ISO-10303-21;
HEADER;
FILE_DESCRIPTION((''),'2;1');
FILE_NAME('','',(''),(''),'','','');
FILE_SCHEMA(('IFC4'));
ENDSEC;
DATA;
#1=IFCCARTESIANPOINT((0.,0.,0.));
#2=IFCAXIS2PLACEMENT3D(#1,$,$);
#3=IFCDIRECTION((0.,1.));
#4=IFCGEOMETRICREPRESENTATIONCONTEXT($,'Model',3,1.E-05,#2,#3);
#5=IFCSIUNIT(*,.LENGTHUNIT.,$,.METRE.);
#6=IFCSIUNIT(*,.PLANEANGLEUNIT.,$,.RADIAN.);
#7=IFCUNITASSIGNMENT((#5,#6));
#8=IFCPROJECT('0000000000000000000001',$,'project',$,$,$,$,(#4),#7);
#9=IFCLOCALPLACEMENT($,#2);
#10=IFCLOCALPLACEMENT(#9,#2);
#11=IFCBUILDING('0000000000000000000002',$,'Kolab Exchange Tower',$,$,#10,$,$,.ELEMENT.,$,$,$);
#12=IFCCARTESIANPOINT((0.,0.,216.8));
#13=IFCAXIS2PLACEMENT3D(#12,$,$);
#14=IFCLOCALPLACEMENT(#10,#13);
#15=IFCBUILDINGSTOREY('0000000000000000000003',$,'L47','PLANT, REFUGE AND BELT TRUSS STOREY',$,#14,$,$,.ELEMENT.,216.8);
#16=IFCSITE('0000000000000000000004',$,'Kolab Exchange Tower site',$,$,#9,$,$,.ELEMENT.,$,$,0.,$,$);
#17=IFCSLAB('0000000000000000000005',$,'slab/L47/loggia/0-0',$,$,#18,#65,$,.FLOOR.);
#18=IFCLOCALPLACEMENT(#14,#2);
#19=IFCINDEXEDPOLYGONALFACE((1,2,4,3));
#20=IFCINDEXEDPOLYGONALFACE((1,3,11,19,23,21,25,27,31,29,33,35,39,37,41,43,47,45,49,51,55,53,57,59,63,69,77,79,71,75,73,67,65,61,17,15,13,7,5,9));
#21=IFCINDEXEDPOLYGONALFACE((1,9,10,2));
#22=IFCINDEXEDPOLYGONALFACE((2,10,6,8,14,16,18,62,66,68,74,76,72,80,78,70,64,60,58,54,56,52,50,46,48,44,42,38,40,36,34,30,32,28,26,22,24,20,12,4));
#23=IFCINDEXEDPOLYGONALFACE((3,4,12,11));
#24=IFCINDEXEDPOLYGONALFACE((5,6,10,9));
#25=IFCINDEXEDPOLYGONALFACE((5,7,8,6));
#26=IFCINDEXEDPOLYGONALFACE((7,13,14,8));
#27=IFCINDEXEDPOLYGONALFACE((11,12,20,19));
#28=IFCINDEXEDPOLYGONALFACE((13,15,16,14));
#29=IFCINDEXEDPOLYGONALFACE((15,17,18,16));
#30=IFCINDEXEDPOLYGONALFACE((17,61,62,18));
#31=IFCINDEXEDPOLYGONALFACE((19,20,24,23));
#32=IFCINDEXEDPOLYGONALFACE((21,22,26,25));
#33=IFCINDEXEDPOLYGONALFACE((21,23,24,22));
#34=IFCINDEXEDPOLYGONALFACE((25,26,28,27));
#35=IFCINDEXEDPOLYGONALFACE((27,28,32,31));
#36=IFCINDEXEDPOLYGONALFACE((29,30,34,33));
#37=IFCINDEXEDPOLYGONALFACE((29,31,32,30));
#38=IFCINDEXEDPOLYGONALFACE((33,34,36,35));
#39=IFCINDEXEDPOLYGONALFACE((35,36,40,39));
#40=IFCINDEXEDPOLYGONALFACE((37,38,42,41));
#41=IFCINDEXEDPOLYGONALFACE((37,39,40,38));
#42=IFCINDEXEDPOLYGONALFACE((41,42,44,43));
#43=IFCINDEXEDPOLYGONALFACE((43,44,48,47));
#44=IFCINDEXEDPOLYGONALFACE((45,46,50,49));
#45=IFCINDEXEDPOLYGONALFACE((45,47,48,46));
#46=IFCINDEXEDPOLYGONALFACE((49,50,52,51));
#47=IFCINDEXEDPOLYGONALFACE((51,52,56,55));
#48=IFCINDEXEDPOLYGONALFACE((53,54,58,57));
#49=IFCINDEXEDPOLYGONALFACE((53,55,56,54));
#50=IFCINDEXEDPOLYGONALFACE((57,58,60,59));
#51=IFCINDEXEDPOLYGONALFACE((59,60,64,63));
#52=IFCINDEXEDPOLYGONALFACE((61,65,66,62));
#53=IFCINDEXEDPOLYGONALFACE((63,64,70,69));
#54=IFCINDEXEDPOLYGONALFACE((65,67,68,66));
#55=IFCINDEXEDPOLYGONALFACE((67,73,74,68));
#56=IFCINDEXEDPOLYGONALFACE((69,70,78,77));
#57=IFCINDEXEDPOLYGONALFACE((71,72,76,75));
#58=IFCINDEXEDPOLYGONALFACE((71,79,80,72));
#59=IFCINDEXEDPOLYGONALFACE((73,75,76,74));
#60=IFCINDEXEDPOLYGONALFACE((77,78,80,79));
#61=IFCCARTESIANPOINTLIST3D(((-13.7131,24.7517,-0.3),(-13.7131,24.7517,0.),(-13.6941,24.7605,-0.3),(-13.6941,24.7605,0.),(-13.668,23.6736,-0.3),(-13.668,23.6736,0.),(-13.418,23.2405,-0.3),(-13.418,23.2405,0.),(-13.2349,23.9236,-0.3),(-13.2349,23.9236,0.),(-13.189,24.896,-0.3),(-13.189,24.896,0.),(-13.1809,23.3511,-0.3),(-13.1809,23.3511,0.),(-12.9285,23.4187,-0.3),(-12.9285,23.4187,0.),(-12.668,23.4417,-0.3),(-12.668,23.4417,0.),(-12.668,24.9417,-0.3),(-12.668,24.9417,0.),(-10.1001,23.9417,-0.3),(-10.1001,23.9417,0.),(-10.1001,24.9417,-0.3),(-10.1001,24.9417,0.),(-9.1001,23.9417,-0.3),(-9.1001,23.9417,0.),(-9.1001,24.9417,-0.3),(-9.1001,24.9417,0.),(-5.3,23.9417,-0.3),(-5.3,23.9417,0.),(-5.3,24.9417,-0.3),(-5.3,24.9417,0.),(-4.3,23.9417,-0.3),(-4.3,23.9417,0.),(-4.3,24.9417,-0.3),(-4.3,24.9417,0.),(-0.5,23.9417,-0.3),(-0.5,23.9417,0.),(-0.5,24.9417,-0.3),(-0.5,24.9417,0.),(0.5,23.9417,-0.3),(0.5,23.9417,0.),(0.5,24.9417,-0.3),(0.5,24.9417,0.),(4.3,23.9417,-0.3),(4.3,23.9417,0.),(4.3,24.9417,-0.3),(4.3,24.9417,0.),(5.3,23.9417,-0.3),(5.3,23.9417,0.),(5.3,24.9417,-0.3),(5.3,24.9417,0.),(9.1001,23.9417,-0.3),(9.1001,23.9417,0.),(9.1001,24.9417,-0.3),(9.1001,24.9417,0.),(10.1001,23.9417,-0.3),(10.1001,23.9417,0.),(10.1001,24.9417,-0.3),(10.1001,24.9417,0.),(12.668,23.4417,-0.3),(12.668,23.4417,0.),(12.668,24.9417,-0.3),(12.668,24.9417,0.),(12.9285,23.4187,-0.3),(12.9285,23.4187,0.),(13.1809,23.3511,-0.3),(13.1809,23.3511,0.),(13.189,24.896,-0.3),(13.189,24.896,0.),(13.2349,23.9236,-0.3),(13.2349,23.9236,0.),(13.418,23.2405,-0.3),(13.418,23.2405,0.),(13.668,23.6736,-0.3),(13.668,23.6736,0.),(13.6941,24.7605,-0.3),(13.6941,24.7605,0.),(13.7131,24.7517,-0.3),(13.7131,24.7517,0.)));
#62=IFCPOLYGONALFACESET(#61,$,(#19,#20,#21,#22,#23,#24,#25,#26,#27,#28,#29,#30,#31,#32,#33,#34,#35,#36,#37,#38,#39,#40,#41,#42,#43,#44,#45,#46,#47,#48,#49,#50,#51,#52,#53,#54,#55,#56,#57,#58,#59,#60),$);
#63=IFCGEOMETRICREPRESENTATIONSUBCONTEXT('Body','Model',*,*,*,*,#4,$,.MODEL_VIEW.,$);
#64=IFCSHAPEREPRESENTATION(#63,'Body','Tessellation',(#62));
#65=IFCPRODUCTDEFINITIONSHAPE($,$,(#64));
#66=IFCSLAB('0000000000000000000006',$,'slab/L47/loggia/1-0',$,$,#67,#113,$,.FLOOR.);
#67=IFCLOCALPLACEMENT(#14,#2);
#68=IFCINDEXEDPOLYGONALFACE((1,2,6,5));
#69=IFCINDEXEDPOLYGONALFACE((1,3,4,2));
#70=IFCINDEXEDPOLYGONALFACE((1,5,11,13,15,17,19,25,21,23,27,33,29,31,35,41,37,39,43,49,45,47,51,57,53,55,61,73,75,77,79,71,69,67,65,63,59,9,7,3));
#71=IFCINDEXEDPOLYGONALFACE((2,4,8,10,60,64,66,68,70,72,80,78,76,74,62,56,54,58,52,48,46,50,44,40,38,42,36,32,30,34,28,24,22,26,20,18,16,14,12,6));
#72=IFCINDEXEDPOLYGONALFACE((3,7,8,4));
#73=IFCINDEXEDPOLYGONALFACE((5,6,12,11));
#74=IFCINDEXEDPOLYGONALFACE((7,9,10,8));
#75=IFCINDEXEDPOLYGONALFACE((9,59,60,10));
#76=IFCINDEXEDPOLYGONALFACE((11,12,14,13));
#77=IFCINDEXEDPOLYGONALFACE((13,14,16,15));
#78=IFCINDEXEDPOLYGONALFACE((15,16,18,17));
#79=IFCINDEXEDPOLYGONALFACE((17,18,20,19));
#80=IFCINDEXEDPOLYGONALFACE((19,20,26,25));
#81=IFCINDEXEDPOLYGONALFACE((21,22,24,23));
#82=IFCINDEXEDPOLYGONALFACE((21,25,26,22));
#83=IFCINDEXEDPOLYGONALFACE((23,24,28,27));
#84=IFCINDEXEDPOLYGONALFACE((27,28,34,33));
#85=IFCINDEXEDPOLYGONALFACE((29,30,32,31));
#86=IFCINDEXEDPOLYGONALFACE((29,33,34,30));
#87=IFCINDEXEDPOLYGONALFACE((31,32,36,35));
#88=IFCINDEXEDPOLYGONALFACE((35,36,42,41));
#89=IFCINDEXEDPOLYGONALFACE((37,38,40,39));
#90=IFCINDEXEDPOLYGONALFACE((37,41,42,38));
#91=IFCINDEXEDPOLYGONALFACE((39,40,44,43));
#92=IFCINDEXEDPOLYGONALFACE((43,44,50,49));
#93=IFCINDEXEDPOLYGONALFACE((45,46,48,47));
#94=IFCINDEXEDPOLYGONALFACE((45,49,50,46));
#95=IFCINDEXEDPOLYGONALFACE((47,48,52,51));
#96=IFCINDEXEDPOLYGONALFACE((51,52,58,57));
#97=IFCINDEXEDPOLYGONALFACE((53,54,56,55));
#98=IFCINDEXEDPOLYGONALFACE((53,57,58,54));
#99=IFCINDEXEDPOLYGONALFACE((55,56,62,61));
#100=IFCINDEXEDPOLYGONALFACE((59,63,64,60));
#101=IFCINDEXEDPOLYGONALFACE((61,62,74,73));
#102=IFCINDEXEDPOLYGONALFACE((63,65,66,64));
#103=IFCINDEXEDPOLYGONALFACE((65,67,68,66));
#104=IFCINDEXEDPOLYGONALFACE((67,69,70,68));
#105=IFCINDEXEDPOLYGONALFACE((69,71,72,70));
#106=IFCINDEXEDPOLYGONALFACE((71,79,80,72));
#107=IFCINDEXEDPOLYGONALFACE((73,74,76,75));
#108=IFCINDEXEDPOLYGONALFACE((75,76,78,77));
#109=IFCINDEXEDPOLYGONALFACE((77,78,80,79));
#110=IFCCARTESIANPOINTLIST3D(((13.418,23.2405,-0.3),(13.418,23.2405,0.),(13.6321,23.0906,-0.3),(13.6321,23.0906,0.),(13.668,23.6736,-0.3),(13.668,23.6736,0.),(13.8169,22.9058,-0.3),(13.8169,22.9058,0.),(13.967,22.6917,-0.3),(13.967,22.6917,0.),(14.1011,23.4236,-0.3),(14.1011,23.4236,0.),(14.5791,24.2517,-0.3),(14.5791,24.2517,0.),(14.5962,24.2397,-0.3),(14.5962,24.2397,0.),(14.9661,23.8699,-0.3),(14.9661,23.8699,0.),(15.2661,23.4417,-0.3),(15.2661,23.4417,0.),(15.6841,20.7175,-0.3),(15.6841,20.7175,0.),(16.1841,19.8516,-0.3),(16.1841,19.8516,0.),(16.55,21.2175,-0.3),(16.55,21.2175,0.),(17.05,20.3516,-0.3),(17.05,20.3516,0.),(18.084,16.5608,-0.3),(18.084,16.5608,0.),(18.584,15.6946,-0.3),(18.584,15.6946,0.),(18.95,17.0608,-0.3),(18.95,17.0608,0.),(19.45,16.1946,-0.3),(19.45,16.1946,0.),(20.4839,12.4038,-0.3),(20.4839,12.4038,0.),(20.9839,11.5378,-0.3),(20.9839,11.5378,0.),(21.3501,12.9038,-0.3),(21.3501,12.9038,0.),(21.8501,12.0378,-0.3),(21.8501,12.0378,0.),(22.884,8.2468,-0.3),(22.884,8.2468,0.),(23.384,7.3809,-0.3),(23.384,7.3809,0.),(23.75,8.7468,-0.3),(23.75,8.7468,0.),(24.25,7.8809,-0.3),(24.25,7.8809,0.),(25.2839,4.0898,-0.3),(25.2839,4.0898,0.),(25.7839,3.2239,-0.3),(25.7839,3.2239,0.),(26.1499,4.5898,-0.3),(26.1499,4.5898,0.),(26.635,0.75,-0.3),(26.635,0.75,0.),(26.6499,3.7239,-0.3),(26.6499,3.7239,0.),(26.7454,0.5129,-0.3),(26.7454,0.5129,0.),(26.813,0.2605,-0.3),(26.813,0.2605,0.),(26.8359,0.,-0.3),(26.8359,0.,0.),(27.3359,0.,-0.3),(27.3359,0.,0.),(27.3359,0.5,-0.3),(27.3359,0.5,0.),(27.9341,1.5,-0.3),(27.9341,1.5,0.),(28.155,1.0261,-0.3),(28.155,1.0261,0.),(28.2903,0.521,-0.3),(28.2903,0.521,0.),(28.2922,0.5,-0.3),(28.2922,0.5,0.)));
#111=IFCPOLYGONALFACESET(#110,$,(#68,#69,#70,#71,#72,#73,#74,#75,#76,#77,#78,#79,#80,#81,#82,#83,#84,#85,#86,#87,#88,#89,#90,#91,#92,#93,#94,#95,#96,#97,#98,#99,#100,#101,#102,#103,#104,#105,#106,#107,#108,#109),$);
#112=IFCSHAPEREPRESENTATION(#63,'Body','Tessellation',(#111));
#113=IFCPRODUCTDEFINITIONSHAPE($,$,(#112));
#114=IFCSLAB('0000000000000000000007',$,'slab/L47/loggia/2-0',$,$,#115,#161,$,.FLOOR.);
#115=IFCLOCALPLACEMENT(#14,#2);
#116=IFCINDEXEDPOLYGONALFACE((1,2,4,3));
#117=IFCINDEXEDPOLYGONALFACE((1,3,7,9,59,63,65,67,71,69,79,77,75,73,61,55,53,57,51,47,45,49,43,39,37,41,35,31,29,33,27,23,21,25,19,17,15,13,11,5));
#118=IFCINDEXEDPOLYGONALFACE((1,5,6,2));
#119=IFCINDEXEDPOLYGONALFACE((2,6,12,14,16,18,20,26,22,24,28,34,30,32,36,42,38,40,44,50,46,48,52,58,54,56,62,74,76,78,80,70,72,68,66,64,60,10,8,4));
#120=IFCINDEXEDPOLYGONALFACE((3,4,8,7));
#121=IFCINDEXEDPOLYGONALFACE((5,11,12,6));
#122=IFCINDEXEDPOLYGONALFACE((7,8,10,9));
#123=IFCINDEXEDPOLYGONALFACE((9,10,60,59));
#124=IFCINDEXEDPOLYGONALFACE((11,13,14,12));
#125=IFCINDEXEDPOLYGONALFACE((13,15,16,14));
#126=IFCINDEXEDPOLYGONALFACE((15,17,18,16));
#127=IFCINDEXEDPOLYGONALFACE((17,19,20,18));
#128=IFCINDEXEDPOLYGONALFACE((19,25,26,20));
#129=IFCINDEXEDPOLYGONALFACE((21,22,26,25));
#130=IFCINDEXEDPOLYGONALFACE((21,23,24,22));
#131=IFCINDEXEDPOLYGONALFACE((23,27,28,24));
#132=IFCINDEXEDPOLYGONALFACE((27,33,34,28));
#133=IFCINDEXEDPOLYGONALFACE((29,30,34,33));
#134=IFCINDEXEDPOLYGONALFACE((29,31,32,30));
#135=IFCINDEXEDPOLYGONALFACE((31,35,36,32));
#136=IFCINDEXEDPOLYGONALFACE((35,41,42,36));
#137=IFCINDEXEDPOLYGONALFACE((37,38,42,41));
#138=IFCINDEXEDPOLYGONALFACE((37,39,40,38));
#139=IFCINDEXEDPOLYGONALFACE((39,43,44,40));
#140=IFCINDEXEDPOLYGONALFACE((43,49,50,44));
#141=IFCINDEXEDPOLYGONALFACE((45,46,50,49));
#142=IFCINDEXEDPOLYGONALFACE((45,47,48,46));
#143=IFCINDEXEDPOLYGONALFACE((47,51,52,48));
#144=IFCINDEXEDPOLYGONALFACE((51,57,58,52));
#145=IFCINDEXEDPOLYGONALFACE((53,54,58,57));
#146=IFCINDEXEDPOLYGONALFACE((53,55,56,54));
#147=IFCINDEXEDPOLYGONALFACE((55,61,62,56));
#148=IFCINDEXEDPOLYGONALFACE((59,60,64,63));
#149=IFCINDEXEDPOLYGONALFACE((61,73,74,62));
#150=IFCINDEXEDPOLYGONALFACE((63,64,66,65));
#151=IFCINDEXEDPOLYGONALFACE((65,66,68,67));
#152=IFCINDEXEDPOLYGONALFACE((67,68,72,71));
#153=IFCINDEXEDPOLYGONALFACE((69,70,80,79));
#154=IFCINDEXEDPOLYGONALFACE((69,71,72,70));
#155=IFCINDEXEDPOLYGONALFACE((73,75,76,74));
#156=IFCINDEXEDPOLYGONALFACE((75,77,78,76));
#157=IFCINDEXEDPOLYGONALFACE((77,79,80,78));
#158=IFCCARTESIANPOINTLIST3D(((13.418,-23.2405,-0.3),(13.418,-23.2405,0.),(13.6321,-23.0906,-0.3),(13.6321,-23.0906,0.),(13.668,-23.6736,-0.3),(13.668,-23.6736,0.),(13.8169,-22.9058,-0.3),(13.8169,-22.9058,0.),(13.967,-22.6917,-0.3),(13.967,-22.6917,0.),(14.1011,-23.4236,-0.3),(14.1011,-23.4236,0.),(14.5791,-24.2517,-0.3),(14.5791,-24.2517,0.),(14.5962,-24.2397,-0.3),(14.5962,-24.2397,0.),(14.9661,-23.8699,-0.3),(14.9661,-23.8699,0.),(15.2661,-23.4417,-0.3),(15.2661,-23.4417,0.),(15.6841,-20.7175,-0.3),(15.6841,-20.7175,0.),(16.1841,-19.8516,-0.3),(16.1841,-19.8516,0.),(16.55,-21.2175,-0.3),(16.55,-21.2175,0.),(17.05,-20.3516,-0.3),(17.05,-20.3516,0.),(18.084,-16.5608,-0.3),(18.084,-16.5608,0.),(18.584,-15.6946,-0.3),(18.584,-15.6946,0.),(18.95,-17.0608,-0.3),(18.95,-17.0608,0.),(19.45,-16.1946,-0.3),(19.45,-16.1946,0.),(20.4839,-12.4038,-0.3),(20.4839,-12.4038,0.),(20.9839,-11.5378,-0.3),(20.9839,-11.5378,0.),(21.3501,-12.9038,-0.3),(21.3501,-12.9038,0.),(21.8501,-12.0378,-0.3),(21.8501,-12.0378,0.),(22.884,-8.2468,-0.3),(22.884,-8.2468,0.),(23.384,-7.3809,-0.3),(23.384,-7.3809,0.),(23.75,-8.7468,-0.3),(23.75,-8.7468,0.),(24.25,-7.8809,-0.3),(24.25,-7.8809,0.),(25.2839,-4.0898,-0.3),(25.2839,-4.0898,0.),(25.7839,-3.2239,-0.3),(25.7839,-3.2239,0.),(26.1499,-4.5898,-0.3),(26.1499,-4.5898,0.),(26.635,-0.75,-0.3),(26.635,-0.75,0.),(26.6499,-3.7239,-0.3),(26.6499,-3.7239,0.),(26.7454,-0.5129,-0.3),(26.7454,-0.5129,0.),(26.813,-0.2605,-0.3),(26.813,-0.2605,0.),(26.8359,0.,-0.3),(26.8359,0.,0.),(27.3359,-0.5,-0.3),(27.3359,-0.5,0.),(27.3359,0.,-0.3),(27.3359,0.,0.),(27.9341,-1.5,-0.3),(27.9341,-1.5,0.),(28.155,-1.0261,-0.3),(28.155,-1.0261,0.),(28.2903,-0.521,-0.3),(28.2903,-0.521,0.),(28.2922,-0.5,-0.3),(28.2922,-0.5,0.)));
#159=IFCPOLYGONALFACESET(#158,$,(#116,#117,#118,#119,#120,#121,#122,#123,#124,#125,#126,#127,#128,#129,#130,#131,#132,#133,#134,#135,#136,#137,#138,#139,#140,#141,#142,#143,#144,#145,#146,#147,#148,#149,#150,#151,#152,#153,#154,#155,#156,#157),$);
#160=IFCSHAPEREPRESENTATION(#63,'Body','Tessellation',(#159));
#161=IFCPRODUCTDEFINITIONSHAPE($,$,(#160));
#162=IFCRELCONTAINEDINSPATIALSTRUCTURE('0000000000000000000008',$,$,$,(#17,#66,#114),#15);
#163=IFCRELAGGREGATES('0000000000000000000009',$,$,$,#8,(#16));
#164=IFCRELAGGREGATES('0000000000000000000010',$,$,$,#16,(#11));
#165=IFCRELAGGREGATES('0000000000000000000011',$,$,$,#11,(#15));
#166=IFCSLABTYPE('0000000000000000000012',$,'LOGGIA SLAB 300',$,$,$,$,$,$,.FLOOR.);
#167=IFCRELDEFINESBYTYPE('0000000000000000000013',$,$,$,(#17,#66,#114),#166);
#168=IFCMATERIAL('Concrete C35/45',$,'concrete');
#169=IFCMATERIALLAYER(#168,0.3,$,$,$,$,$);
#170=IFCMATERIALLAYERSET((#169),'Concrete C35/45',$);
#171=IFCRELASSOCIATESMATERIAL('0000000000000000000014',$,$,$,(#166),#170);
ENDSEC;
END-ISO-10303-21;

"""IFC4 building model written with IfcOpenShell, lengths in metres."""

from ifc_helpers import new_model, si_unit, direction, frame, origin, place, context, subcontext, project, spatial, polyline, outline, extrude, material, layer, layer_set, type_object, element, save


model = new_model("IFC4")

# Units and contexts
model_context = context("Model", 3, precision=1e-05, world=origin(), true_north=direction((0.0, 1.0)))
body_context = subcontext(model_context, "Body", "Model", "MODEL_VIEW")
ifc_project = project(units=[si_unit("LENGTHUNIT", "METRE"), si_unit("PLANEANGLEUNIT", "RADIAN")], contexts=[model_context])

# Site, building, storey
site_placement = place(None, origin())
site = spatial("IfcSite", under=ifc_project, at=site_placement, Name="Kolab Exchange Tower site", CompositionType="ELEMENT", RefElevation=0.0)
building_placement = place(site_placement, origin())
building = spatial("IfcBuilding", under=site, at=building_placement, Name="Kolab Exchange Tower", CompositionType="ELEMENT")
storey_placement = place(building_placement, frame((0.0, 0.0, 216.8)))
storey = spatial("IfcBuildingStorey", under=building, at=storey_placement, Name="L47", Description="PLANT, REFUGE AND BELT TRUSS STOREY", CompositionType="ELEMENT", Elevation=216.8)

# Slabs
ifc_material_1 = material(Name="Concrete C35/45", Category="concrete")
ifc_layer_1 = layer(ifc_material_1, 0.3)
ifc_layer_set_1 = layer_set([ifc_layer_1], Name="Concrete C35/45")
slab_type_1 = type_object("IfcSlabType", Name="LOGGIA SLAB 300", PredefinedType="FLOOR", material=ifc_layer_set_1)
slab_1_placement = place(storey_placement, frame((0.0, 0.0, -0.3)))
element("IfcSlab", 1, at=slab_1_placement, inside=storey, type_object=slab_type_1, Name="slab/L47/loggia/0-0", PredefinedType="FLOOR", context=body_context, shape_type="SweptSolid", body=[
    extrude(outline(polyline([(13.418, 23.2405), (13.668, 23.6736), (13.2349, 23.9236), (13.7131, 24.7517), (13.6941, 24.7605), (13.189, 24.896), (12.668, 24.9417), (10.1001, 24.9417), (10.1001, 23.9417), (9.1001, 23.9417), (9.1001, 24.9417), (5.3, 24.9417), (5.3, 23.9417), (4.3, 23.9417), (4.3, 24.9417), (0.5, 24.9417), (0.5, 23.9417), (-0.5, 23.9417), (-0.5, 24.9417), (-4.3, 24.9417), (-4.3, 23.9417), (-5.3, 23.9417), (-5.3, 24.9417), (-9.1001, 24.9417), (-9.1001, 23.9417), (-10.1001, 23.9417), (-10.1001, 24.9417), (-12.668, 24.9417), (-13.189, 24.896), (-13.6941, 24.7605), (-13.7131, 24.7517), (-13.2349, 23.9236), (-13.668, 23.6736), (-13.418, 23.2405), (-13.1809, 23.3511), (-12.9285, 23.4187), (-12.668, 23.4417), (12.668, 23.4417), (12.9285, 23.4187), (13.1809, 23.3511), (13.418, 23.2405)])), origin(), (0.0, 0.0, 1.0), 0.3),
])
slab_2_placement = place(storey_placement, frame((0.0, 0.0, -0.3)))
element("IfcSlab", 2, at=slab_2_placement, inside=storey, type_object=slab_type_1, Name="slab/L47/loggia/1-0", PredefinedType="FLOOR", context=body_context, shape_type="SweptSolid", body=[
    extrude(outline(polyline([(26.8359, 0.0), (27.3359, 0.0), (27.3359, 0.5), (28.2922, 0.5), (28.2903, 0.521), (28.155, 1.0261), (27.9341, 1.5), (26.6499, 3.7239), (25.7839, 3.2239), (25.2839, 4.0898), (26.1499, 4.5898), (24.25, 7.8809), (23.384, 7.3809), (22.884, 8.2468), (23.75, 8.7468), (21.8501, 12.0378), (20.9839, 11.5378), (20.4839, 12.4038), (21.3501, 12.9038), (19.45, 16.1946), (18.584, 15.6946), (18.084, 16.5608), (18.95, 17.0608), (17.05, 20.3516), (16.1841, 19.8516), (15.6841, 20.7175), (16.55, 21.2175), (15.2661, 23.4417), (14.9661, 23.8699), (14.5962, 24.2397), (14.5791, 24.2517), (14.1011, 23.4236), (13.668, 23.6736), (13.418, 23.2405), (13.6321, 23.0906), (13.8169, 22.9058), (13.967, 22.6917), (26.635, 0.75), (26.7454, 0.5129), (26.813, 0.2605), (26.8359, 0.0)])), origin(), (0.0, 0.0, 1.0), 0.3),
])
slab_3_placement = place(storey_placement, frame((0.0, 0.0, -0.3)))
element("IfcSlab", 3, at=slab_3_placement, inside=storey, type_object=slab_type_1, Name="slab/L47/loggia/2-0", PredefinedType="FLOOR", context=body_context, shape_type="SweptSolid", body=[
    extrude(outline(polyline([(15.2661, -23.4417), (16.55, -21.2175), (15.6841, -20.7175), (16.1841, -19.8516), (17.05, -20.3516), (18.95, -17.0608), (18.084, -16.5608), (18.584, -15.6946), (19.45, -16.1946), (21.3501, -12.9038), (20.4839, -12.4038), (20.9839, -11.5378), (21.8501, -12.0378), (23.75, -8.7468), (22.884, -8.2468), (23.384, -7.3809), (24.25, -7.8809), (26.1499, -4.5898), (25.2839, -4.0898), (25.7839, -3.2239), (26.6499, -3.7239), (27.9341, -1.5), (28.155, -1.0261), (28.2903, -0.521), (28.2922, -0.5), (27.3359, -0.5), (27.3359, 0.0), (26.8359, 0.0), (26.813, -0.2605), (26.7454, -0.5129), (26.635, -0.75), (13.967, -22.6917), (13.8169, -22.9058), (13.6321, -23.0906), (13.418, -23.2405), (13.668, -23.6736), (14.1011, -23.4236), (14.5791, -24.2517), (14.5962, -24.2397), (14.9661, -23.8699), (15.2661, -23.4417)])), origin(), (0.0, 0.0, 1.0), 0.3),
])

save(model, "model.ifc")
